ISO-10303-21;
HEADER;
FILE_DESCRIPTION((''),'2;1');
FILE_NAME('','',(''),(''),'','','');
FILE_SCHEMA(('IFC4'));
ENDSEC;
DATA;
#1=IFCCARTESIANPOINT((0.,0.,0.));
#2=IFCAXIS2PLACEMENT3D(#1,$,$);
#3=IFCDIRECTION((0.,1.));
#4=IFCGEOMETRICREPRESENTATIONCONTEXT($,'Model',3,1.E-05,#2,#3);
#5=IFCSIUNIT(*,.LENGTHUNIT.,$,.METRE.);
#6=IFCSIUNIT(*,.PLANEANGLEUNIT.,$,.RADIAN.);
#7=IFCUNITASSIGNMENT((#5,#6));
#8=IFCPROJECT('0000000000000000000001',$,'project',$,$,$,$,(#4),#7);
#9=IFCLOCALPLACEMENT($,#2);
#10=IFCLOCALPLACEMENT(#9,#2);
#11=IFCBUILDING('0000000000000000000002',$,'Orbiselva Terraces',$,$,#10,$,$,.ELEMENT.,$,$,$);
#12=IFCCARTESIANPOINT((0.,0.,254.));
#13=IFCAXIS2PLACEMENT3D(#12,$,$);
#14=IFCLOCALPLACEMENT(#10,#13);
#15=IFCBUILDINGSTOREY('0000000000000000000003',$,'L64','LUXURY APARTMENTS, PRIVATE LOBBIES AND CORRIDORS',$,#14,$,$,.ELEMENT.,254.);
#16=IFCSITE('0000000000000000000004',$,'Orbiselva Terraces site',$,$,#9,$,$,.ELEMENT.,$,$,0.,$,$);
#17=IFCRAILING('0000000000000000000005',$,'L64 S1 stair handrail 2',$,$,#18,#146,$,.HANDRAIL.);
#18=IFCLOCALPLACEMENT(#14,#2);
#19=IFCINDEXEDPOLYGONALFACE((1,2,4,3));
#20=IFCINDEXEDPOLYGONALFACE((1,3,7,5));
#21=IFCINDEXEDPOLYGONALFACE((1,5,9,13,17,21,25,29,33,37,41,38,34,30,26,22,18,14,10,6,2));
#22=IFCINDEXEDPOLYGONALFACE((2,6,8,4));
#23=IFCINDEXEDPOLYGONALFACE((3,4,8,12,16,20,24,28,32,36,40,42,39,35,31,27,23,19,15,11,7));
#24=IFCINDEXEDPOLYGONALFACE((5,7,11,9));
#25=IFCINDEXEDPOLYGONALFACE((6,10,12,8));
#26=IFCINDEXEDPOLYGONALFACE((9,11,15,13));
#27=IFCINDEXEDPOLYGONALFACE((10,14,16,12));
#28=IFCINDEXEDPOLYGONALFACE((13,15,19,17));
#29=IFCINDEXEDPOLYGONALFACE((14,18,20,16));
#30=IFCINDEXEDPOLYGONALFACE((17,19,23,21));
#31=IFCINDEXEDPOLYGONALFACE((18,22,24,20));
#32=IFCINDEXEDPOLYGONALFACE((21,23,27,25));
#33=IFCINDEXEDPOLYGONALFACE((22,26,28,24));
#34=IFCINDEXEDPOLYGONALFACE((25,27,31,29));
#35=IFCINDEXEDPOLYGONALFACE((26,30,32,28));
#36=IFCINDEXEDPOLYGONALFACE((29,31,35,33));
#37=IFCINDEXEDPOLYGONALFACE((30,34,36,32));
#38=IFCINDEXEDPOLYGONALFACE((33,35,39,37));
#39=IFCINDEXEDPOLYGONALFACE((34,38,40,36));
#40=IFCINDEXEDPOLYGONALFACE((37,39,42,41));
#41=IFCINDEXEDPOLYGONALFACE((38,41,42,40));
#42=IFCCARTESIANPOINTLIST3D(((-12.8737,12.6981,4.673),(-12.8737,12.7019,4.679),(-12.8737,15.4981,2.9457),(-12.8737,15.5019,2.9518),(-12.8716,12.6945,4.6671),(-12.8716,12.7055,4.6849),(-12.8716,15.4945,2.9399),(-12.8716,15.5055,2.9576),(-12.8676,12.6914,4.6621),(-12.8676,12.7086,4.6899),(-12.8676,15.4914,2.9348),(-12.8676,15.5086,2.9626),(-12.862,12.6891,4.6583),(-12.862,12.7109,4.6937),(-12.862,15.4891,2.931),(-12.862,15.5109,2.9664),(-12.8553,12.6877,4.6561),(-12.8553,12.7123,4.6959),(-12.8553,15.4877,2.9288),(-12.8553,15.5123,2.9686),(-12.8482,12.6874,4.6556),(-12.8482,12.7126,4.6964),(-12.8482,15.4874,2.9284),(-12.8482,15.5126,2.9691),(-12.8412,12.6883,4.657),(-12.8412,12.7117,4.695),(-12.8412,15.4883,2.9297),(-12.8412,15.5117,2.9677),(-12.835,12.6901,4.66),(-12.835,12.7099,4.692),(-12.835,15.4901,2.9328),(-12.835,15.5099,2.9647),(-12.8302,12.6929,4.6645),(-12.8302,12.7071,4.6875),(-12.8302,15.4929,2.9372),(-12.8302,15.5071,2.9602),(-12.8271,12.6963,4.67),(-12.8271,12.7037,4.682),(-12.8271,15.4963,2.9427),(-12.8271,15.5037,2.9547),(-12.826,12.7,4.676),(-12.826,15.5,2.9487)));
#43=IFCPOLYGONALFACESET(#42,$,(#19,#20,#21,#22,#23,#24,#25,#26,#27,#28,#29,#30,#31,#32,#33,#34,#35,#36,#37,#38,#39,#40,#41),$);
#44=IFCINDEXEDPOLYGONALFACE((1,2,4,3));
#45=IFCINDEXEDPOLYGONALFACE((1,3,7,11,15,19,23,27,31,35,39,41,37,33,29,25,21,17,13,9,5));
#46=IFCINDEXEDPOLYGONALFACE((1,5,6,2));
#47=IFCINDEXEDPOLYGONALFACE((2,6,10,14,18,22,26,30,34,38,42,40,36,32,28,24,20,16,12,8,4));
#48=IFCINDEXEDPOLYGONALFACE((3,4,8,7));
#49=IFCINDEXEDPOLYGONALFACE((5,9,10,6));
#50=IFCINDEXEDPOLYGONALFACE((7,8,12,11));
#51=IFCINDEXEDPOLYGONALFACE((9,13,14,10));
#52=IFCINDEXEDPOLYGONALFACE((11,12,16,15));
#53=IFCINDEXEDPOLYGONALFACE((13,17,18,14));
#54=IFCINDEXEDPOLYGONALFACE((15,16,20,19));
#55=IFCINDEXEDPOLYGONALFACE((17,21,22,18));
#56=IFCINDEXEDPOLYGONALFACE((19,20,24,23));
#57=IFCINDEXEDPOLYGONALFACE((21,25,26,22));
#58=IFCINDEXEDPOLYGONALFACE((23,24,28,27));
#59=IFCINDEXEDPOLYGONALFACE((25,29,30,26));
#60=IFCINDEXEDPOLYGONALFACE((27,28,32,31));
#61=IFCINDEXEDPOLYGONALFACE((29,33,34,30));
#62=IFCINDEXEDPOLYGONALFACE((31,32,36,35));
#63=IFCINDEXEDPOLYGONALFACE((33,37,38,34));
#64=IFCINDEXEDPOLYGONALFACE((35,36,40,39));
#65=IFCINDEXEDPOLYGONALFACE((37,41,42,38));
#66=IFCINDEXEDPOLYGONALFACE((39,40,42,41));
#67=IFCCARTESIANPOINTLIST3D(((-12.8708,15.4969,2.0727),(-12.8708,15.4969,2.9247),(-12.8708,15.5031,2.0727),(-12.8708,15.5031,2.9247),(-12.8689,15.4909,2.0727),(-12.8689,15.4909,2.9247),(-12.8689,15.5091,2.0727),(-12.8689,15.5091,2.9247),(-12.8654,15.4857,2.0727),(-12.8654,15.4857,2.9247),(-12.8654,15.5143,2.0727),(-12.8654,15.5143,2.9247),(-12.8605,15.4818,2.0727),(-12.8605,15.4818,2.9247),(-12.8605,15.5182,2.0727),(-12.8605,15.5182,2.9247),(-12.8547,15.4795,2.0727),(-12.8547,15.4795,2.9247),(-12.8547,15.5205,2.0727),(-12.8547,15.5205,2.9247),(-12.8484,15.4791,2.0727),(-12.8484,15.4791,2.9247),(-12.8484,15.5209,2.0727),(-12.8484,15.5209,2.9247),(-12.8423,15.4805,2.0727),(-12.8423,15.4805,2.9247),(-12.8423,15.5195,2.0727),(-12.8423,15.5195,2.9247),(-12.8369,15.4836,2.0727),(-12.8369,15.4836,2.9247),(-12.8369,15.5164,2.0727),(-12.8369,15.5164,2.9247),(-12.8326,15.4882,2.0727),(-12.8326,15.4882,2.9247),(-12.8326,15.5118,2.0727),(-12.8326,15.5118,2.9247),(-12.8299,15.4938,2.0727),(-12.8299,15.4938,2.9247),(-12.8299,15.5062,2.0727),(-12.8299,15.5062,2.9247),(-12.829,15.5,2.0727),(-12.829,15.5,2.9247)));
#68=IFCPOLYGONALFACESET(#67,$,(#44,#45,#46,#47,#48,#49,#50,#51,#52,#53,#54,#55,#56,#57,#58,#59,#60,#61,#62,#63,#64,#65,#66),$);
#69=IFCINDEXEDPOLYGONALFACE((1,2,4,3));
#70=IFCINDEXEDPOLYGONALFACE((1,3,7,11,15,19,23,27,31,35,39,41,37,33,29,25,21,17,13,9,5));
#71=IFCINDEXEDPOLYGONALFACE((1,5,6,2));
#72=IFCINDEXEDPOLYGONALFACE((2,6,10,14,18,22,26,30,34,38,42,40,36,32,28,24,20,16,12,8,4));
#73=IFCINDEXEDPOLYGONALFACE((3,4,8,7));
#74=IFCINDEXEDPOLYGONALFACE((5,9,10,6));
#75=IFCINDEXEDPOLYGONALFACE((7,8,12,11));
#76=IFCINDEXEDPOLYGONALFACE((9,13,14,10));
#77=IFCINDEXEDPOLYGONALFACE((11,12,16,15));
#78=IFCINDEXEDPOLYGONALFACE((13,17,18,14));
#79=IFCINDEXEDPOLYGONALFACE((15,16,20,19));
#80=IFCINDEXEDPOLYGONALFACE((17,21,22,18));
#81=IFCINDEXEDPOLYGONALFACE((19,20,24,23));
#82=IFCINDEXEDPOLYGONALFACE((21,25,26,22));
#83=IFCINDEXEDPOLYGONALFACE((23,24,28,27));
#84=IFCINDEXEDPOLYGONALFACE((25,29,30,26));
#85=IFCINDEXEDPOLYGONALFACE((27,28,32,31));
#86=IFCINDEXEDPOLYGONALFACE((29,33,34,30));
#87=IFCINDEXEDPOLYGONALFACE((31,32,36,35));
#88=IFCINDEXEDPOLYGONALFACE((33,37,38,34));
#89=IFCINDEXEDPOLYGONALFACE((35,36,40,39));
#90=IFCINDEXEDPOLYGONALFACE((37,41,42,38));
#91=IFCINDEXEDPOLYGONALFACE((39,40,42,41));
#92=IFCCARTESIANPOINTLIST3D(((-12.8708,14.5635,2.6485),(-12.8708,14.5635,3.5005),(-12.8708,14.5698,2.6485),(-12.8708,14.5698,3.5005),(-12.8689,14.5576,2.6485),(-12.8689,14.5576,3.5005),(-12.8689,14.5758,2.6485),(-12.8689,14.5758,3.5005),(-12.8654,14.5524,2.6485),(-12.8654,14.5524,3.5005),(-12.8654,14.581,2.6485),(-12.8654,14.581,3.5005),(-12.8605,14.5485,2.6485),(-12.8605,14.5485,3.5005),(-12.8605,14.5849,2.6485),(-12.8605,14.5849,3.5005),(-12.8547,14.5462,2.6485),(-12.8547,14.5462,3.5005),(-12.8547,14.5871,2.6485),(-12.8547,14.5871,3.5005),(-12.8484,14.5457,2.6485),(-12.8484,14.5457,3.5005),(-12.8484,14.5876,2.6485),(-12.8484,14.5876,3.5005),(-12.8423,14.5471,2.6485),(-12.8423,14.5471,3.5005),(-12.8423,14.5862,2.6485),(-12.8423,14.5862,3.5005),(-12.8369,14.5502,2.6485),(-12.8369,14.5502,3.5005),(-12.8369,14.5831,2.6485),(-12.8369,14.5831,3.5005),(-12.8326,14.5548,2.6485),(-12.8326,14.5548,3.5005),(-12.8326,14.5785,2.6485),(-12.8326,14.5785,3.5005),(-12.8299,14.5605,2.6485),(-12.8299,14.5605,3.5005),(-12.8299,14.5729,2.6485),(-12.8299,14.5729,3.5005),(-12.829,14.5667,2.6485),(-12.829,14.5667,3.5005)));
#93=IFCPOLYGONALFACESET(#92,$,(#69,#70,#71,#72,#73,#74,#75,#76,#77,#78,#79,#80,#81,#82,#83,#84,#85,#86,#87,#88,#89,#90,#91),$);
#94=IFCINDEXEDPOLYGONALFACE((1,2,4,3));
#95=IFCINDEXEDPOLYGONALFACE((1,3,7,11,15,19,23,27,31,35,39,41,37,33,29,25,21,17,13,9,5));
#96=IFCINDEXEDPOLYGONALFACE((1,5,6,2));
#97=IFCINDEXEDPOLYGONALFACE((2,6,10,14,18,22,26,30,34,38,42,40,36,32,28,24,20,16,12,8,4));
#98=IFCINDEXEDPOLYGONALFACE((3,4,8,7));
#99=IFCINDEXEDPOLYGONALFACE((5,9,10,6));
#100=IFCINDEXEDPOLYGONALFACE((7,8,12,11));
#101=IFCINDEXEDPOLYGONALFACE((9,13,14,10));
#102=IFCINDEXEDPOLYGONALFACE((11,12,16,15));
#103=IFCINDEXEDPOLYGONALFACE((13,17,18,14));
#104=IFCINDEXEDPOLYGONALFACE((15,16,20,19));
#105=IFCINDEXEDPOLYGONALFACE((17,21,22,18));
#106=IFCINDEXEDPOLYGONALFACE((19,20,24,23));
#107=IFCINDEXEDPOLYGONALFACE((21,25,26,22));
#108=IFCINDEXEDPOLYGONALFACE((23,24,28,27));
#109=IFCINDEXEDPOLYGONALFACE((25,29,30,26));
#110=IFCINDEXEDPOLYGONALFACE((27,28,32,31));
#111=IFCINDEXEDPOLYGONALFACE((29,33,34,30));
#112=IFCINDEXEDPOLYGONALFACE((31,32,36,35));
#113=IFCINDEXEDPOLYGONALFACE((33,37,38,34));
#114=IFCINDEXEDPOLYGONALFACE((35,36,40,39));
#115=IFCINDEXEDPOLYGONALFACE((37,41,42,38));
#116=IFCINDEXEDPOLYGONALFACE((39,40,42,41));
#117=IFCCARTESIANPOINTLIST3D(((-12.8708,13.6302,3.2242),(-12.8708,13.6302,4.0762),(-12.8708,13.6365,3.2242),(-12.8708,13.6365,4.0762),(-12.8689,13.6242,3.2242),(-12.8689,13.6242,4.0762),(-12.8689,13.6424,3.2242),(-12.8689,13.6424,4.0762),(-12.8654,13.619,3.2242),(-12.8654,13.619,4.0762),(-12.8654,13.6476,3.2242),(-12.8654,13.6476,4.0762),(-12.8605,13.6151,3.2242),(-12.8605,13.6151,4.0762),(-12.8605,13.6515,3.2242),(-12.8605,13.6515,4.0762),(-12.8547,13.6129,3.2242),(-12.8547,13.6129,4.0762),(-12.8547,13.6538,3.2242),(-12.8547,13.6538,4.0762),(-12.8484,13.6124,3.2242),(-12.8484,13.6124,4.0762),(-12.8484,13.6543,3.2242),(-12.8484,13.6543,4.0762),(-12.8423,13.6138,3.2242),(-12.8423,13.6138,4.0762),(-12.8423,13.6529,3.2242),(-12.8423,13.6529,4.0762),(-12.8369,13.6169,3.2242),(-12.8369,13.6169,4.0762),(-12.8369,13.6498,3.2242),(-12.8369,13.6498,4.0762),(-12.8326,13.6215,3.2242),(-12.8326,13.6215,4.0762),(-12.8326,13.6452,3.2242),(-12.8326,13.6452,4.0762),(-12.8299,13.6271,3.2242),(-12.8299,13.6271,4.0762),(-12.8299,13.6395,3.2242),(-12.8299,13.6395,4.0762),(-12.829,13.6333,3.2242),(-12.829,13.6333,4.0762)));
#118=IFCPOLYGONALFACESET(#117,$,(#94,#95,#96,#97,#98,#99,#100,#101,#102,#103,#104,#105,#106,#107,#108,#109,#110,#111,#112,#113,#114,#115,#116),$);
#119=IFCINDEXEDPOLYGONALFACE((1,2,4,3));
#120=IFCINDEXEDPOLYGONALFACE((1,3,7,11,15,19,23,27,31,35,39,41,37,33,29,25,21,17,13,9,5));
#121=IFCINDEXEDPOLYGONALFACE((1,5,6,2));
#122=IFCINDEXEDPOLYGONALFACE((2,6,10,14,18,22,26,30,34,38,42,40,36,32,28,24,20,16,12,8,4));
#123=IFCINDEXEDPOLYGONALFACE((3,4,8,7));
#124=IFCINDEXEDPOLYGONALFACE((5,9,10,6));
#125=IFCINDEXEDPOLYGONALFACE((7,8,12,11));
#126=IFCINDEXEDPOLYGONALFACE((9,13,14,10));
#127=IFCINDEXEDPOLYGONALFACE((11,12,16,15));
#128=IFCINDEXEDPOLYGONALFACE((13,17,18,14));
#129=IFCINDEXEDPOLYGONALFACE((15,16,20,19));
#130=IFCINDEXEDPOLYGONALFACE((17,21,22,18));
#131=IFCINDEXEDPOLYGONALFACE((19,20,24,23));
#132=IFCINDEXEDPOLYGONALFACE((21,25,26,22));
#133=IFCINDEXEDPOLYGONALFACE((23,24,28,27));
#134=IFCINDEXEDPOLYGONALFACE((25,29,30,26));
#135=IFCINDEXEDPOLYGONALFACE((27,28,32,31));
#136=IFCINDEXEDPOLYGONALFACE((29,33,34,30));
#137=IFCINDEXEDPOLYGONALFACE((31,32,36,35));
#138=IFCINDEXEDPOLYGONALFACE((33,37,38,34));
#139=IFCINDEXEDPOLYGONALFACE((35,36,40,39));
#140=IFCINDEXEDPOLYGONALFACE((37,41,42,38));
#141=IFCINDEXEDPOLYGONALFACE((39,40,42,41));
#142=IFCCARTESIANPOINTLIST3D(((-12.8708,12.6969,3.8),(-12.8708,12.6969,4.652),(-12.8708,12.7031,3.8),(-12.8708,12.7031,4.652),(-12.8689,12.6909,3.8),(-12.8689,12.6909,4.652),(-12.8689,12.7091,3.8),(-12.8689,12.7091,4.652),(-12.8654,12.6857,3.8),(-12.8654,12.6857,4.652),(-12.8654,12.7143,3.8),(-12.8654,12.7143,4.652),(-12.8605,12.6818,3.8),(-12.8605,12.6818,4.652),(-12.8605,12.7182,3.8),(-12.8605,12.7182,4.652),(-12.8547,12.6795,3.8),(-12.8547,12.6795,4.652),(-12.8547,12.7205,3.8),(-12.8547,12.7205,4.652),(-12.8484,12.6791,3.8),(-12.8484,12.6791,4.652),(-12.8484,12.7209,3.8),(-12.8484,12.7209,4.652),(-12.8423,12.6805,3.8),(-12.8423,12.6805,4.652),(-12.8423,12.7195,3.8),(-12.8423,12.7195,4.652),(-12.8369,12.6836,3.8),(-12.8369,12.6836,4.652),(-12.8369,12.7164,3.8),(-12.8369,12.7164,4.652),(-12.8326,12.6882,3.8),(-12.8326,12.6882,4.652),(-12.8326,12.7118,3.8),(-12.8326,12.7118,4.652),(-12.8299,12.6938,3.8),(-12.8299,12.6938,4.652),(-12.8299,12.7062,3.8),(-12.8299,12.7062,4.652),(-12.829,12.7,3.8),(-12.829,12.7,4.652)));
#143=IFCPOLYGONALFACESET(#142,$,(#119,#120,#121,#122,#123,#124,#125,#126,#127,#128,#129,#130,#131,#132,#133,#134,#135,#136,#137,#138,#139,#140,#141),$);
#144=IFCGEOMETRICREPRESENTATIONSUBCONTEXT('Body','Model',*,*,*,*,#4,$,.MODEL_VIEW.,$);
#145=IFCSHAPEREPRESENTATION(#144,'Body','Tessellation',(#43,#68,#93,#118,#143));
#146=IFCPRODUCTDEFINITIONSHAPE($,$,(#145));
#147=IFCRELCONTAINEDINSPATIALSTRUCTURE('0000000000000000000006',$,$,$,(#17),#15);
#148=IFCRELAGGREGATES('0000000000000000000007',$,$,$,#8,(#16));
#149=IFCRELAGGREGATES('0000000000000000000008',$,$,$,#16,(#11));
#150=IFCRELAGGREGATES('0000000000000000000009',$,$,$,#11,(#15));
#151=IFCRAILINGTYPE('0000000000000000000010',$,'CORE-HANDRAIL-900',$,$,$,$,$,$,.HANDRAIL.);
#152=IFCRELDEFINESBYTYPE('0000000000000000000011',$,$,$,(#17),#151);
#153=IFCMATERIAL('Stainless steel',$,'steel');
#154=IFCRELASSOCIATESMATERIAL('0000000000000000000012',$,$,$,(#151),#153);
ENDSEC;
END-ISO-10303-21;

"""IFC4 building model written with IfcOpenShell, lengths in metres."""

from ifc_helpers import new_model, si_unit, direction, frame, origin, origin_2d, place, context, subcontext, project, spatial, circle, extrude, material, type_object, element, save


model = new_model("IFC4")

# Units and contexts
model_context = context("Model", 3, precision=1e-05, world=origin(), true_north=direction((0.0, 1.0)))
body_context = subcontext(model_context, "Body", "Model", "MODEL_VIEW")
ifc_project = project(units=[si_unit("LENGTHUNIT", "METRE"), si_unit("PLANEANGLEUNIT", "RADIAN")], contexts=[model_context])

# Site, building, storey
site_placement = place(None, origin())
site = spatial("IfcSite", under=ifc_project, at=site_placement, Name="Orbiselva Terraces site", CompositionType="ELEMENT", RefElevation=0.0)
building_placement = place(site_placement, origin())
building = spatial("IfcBuilding", under=site, at=building_placement, Name="Orbiselva Terraces", CompositionType="ELEMENT")
storey_placement = place(building_placement, frame((0.0, 0.0, 254.0)))
storey = spatial("IfcBuildingStorey", under=building, at=storey_placement, Name="L64", Description="LUXURY APARTMENTS, PRIVATE LOBBIES AND CORRIDORS", CompositionType="ELEMENT", Elevation=254.0)

# Railing
ifc_material_1 = material(Name="Stainless steel", Category="steel")
railing_type_1 = type_object("IfcRailingType", Name="CORE-HANDRAIL-900", PredefinedType="HANDRAIL", material=ifc_material_1)
railing_1_placement = place(storey_placement, frame((-12.85, 15.5, 2.0727)))
element("IfcRailing", 1, at=railing_1_placement, inside=storey, type_object=railing_type_1, Name="L64 S1 stair handrail 2", PredefinedType="HANDRAIL", context=body_context, shape_type="SweptSolid", body=[
    extrude(circle(Radius=0.024, at=origin_2d()), frame((0.0, 0.0, 0.876), z_axis=(0.0, -0.851089, 0.525022), x_axis=(1.0, 0.0, 0.0)), (0.0, 0.0, 1.0), 3.2899),
    extrude(circle(Radius=0.021, at=origin_2d()), origin(), (0.0, 0.0, 1.0), 0.852),
    extrude(circle(Radius=0.021, at=origin_2d()), frame((0.0, -0.9333, 0.5758)), (0.0, 0.0, 1.0), 0.852),
    extrude(circle(Radius=0.021, at=origin_2d()), frame((0.0, -1.8667, 1.1515)), (0.0, 0.0, 1.0), 0.852),
    extrude(circle(Radius=0.021, at=origin_2d()), frame((0.0, -2.8, 1.7273)), (0.0, 0.0, 1.0), 0.852),
])

save(model, "model.ifc")
